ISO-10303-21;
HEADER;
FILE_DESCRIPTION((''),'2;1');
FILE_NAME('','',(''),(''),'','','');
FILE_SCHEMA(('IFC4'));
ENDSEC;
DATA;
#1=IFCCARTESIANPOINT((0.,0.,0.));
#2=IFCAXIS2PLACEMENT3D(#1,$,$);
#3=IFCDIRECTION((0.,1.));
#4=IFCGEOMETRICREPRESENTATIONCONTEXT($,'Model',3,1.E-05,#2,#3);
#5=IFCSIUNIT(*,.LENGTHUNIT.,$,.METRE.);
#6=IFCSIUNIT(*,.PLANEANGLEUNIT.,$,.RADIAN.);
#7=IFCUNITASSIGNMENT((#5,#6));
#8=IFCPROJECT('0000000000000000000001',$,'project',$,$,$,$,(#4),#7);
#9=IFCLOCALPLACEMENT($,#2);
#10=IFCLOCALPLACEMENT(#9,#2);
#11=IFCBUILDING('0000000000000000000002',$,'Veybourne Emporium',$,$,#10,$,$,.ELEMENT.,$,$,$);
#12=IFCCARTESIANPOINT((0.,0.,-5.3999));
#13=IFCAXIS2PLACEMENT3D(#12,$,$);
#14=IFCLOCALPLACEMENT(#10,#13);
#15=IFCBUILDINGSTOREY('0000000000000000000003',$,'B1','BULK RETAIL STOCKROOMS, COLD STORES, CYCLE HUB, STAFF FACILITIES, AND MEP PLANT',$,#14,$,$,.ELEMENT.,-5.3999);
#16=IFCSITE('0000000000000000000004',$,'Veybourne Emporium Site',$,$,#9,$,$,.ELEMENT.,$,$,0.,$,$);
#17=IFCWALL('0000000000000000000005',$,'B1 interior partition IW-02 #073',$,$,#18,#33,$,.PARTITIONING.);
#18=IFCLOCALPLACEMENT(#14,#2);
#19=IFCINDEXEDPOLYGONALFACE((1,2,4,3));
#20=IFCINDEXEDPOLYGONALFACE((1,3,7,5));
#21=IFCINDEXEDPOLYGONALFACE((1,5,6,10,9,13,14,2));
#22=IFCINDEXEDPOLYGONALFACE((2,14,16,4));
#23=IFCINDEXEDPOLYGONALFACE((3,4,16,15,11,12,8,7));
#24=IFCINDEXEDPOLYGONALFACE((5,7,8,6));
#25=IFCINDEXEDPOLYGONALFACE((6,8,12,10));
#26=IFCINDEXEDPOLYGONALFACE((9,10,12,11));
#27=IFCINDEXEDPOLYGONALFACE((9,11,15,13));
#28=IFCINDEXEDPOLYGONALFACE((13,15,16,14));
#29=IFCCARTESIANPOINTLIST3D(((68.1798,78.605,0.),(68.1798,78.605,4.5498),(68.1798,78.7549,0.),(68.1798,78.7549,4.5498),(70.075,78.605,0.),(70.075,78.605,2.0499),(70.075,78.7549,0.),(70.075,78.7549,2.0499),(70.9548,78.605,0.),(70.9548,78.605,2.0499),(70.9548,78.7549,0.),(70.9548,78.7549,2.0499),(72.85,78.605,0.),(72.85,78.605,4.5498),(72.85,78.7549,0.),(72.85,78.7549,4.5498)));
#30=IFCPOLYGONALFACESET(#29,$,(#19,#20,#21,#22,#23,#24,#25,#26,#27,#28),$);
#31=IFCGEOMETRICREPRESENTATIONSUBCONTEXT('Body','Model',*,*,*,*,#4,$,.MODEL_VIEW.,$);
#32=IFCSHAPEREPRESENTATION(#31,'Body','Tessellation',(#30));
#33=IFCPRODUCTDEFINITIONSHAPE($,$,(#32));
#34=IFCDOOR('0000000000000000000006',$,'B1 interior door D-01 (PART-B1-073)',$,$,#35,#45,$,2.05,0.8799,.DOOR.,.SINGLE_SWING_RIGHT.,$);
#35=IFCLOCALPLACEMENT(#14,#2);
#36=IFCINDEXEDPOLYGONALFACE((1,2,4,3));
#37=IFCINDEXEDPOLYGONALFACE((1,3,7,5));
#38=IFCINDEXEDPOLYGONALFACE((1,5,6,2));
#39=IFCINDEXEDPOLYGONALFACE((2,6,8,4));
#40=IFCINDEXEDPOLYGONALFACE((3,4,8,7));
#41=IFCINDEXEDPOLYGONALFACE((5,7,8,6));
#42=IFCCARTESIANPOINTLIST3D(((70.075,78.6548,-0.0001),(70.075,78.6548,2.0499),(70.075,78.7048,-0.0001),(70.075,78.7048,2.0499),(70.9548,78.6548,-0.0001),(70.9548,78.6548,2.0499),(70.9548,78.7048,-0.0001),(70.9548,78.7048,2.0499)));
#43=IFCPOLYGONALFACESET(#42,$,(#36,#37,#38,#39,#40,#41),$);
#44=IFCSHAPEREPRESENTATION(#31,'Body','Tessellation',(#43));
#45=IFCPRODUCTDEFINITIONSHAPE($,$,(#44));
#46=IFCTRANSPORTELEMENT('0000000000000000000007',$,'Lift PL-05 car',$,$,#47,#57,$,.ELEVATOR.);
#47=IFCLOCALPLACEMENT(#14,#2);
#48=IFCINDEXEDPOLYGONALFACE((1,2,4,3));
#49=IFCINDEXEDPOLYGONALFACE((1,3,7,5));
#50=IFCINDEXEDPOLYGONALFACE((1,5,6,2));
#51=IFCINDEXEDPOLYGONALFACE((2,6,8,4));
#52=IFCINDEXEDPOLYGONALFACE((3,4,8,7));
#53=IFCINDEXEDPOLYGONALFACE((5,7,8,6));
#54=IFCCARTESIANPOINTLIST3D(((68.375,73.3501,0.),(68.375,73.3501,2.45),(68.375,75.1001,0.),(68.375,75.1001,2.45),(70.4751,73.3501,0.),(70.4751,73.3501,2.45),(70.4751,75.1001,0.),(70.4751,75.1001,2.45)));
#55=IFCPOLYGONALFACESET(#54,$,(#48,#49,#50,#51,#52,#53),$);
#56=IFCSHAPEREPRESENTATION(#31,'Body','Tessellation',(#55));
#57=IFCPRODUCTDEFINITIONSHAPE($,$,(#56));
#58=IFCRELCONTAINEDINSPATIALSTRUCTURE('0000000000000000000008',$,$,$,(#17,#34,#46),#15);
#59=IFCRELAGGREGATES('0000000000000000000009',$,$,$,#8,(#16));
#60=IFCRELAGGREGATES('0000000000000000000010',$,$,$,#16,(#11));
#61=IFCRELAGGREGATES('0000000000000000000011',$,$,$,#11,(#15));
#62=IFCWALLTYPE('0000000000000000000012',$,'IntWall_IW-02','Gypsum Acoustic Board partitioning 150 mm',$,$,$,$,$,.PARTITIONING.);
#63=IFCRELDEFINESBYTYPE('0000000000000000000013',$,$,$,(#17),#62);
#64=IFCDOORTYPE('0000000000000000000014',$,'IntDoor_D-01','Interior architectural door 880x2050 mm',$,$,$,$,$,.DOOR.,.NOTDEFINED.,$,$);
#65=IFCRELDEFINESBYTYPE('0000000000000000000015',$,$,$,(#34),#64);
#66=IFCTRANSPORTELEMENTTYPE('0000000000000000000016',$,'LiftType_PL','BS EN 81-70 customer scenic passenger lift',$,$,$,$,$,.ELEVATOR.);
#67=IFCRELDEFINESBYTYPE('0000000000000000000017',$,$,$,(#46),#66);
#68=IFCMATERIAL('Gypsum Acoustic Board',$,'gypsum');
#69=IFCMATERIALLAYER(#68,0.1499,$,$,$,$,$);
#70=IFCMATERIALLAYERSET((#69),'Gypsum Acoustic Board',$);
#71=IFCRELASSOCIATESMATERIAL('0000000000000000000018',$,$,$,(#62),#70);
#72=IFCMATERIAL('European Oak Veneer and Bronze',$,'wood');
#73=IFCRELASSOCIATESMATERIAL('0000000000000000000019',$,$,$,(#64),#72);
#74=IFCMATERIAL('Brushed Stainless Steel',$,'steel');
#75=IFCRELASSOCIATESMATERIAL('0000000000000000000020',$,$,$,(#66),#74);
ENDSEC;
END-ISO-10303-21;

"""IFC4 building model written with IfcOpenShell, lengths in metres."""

from ifc_helpers import new_model, si_unit, direction, frame, frame_2d, origin, origin_2d, place, context, subcontext, project, spatial, rectangle, extrude, material, layer, layer_set, type_object, element, fill, save


model = new_model("IFC4")

# Units and contexts
model_context = context("Model", 3, precision=1e-05, world=origin(), true_north=direction((0.0, 1.0)))
body_context = subcontext(model_context, "Body", "Model", "MODEL_VIEW")
ifc_project = project(units=[si_unit("LENGTHUNIT", "METRE"), si_unit("PLANEANGLEUNIT", "RADIAN")], contexts=[model_context])

# Site, building, storey
site_placement = place(None, origin())
site = spatial("IfcSite", under=ifc_project, at=site_placement, Name="Veybourne Emporium Site", CompositionType="ELEMENT", RefElevation=0.0)
building_placement = place(site_placement, origin())
building = spatial("IfcBuilding", under=site, at=building_placement, Name="Veybourne Emporium", CompositionType="ELEMENT")
storey_placement = place(building_placement, frame((0.0, 0.0, -5.3999)))
storey = spatial("IfcBuildingStorey", under=building, at=storey_placement, Name="B1", Description="BULK RETAIL STOCKROOMS, COLD STORES, CYCLE HUB, STAFF FACILITIES, AND MEP PLANT", CompositionType="ELEMENT", Elevation=-5.3999)

# Shared definitions
ifc_material_1 = material(Name="Gypsum Acoustic Board", Category="gypsum")

# Wall, opening, door
ifc_layer_1 = layer(ifc_material_1, 0.1499)
ifc_layer_set_1 = layer_set([ifc_layer_1], Name="Gypsum Acoustic Board")
wall_type_1 = type_object("IfcWallType", Name="IntWall_IW-02", Description="Gypsum Acoustic Board partitioning 150 mm", PredefinedType="PARTITIONING", material=ifc_layer_set_1)
wall_1_placement = place(storey_placement, frame((68.1799, 78.6799, 0.0), z_axis=(0.0, 0.0, 1.0), x_axis=(1.0, 0.0, 0.0)))
wall_1 = element("IfcWall", 1, at=wall_1_placement, inside=storey, type_object=wall_type_1, Name="B1 interior partition IW-02 #073", PredefinedType="PARTITIONING", context=body_context, shape_type="SweptSolid", body=[
    extrude(rectangle(XDim=4.6702, YDim=0.1499, at=frame_2d((2.335, 0.0))), origin(), (0.0, 0.0, 1.0), 4.5498),
])
opening_placement = place(wall_1_placement, frame((1.895, 0.0, 0.0)))
opening = element("IfcOpeningElement", 2, at=opening_placement, cuts=wall_1, PredefinedType="OPENING", context=body_context, shape_type="SweptSolid", body=[
    extrude(rectangle(XDim=0.8799, YDim=2.05, at=frame_2d((0.4399, 1.0249))), frame((0.0, 0.095, 0.0), z_axis=(0.0, -1.0, 0.0), x_axis=(1.0, 0.0, 0.0)), (0.0, 0.0, 1.0), 0.1899),
])
ifc_material_2 = material(Name="European Oak Veneer and Bronze", Category="wood")
door_type = type_object("IfcDoorType", Name="IntDoor_D-01", Description="Interior architectural door 880x2050 mm", OperationType="NOTDEFINED", PredefinedType="DOOR", material=ifc_material_2)
door_placement = place(opening_placement, origin())
door = element("IfcDoor", 3, at=door_placement, inside=storey, type_object=door_type, Name="B1 interior door D-01 (PART-B1-073)", OperationType="SINGLE_SWING_RIGHT", OverallHeight=2.05, OverallWidth=0.8799, PredefinedType="DOOR", context=body_context, shape_type="SweptSolid", body=[
    extrude(rectangle(XDim=0.8799, YDim=2.05, at=frame_2d((0.4399, 1.0249))), frame((0.0, 0.0249, 0.0), z_axis=(0.0, -1.0, 0.0), x_axis=(1.0, 0.0, 0.0)), (0.0, 0.0, 1.0), 0.05),
])
fill(opening, door)

# Transport element
ifc_material_3 = material(Name="Brushed Stainless Steel", Category="steel")
transport_element_type = type_object("IfcTransportElementType", Name="LiftType_PL", Description="BS EN 81-70 customer scenic passenger lift", PredefinedType="ELEVATOR", material=ifc_material_3)
transport_element_placement = place(storey_placement, frame((69.425, 74.2251, 0.0), z_axis=(0.0, 0.0, 1.0), x_axis=(1.0, 0.0, 0.0)))
element("IfcTransportElement", 4, at=transport_element_placement, inside=storey, type_object=transport_element_type, Name="Lift PL-05 car", PredefinedType="ELEVATOR", context=body_context, shape_type="SweptSolid", body=[
    extrude(rectangle(XDim=2.1001, YDim=1.75, at=origin_2d()), origin(), (0.0, 0.0, 1.0), 2.45),
])

save(model, "model.ifc")
